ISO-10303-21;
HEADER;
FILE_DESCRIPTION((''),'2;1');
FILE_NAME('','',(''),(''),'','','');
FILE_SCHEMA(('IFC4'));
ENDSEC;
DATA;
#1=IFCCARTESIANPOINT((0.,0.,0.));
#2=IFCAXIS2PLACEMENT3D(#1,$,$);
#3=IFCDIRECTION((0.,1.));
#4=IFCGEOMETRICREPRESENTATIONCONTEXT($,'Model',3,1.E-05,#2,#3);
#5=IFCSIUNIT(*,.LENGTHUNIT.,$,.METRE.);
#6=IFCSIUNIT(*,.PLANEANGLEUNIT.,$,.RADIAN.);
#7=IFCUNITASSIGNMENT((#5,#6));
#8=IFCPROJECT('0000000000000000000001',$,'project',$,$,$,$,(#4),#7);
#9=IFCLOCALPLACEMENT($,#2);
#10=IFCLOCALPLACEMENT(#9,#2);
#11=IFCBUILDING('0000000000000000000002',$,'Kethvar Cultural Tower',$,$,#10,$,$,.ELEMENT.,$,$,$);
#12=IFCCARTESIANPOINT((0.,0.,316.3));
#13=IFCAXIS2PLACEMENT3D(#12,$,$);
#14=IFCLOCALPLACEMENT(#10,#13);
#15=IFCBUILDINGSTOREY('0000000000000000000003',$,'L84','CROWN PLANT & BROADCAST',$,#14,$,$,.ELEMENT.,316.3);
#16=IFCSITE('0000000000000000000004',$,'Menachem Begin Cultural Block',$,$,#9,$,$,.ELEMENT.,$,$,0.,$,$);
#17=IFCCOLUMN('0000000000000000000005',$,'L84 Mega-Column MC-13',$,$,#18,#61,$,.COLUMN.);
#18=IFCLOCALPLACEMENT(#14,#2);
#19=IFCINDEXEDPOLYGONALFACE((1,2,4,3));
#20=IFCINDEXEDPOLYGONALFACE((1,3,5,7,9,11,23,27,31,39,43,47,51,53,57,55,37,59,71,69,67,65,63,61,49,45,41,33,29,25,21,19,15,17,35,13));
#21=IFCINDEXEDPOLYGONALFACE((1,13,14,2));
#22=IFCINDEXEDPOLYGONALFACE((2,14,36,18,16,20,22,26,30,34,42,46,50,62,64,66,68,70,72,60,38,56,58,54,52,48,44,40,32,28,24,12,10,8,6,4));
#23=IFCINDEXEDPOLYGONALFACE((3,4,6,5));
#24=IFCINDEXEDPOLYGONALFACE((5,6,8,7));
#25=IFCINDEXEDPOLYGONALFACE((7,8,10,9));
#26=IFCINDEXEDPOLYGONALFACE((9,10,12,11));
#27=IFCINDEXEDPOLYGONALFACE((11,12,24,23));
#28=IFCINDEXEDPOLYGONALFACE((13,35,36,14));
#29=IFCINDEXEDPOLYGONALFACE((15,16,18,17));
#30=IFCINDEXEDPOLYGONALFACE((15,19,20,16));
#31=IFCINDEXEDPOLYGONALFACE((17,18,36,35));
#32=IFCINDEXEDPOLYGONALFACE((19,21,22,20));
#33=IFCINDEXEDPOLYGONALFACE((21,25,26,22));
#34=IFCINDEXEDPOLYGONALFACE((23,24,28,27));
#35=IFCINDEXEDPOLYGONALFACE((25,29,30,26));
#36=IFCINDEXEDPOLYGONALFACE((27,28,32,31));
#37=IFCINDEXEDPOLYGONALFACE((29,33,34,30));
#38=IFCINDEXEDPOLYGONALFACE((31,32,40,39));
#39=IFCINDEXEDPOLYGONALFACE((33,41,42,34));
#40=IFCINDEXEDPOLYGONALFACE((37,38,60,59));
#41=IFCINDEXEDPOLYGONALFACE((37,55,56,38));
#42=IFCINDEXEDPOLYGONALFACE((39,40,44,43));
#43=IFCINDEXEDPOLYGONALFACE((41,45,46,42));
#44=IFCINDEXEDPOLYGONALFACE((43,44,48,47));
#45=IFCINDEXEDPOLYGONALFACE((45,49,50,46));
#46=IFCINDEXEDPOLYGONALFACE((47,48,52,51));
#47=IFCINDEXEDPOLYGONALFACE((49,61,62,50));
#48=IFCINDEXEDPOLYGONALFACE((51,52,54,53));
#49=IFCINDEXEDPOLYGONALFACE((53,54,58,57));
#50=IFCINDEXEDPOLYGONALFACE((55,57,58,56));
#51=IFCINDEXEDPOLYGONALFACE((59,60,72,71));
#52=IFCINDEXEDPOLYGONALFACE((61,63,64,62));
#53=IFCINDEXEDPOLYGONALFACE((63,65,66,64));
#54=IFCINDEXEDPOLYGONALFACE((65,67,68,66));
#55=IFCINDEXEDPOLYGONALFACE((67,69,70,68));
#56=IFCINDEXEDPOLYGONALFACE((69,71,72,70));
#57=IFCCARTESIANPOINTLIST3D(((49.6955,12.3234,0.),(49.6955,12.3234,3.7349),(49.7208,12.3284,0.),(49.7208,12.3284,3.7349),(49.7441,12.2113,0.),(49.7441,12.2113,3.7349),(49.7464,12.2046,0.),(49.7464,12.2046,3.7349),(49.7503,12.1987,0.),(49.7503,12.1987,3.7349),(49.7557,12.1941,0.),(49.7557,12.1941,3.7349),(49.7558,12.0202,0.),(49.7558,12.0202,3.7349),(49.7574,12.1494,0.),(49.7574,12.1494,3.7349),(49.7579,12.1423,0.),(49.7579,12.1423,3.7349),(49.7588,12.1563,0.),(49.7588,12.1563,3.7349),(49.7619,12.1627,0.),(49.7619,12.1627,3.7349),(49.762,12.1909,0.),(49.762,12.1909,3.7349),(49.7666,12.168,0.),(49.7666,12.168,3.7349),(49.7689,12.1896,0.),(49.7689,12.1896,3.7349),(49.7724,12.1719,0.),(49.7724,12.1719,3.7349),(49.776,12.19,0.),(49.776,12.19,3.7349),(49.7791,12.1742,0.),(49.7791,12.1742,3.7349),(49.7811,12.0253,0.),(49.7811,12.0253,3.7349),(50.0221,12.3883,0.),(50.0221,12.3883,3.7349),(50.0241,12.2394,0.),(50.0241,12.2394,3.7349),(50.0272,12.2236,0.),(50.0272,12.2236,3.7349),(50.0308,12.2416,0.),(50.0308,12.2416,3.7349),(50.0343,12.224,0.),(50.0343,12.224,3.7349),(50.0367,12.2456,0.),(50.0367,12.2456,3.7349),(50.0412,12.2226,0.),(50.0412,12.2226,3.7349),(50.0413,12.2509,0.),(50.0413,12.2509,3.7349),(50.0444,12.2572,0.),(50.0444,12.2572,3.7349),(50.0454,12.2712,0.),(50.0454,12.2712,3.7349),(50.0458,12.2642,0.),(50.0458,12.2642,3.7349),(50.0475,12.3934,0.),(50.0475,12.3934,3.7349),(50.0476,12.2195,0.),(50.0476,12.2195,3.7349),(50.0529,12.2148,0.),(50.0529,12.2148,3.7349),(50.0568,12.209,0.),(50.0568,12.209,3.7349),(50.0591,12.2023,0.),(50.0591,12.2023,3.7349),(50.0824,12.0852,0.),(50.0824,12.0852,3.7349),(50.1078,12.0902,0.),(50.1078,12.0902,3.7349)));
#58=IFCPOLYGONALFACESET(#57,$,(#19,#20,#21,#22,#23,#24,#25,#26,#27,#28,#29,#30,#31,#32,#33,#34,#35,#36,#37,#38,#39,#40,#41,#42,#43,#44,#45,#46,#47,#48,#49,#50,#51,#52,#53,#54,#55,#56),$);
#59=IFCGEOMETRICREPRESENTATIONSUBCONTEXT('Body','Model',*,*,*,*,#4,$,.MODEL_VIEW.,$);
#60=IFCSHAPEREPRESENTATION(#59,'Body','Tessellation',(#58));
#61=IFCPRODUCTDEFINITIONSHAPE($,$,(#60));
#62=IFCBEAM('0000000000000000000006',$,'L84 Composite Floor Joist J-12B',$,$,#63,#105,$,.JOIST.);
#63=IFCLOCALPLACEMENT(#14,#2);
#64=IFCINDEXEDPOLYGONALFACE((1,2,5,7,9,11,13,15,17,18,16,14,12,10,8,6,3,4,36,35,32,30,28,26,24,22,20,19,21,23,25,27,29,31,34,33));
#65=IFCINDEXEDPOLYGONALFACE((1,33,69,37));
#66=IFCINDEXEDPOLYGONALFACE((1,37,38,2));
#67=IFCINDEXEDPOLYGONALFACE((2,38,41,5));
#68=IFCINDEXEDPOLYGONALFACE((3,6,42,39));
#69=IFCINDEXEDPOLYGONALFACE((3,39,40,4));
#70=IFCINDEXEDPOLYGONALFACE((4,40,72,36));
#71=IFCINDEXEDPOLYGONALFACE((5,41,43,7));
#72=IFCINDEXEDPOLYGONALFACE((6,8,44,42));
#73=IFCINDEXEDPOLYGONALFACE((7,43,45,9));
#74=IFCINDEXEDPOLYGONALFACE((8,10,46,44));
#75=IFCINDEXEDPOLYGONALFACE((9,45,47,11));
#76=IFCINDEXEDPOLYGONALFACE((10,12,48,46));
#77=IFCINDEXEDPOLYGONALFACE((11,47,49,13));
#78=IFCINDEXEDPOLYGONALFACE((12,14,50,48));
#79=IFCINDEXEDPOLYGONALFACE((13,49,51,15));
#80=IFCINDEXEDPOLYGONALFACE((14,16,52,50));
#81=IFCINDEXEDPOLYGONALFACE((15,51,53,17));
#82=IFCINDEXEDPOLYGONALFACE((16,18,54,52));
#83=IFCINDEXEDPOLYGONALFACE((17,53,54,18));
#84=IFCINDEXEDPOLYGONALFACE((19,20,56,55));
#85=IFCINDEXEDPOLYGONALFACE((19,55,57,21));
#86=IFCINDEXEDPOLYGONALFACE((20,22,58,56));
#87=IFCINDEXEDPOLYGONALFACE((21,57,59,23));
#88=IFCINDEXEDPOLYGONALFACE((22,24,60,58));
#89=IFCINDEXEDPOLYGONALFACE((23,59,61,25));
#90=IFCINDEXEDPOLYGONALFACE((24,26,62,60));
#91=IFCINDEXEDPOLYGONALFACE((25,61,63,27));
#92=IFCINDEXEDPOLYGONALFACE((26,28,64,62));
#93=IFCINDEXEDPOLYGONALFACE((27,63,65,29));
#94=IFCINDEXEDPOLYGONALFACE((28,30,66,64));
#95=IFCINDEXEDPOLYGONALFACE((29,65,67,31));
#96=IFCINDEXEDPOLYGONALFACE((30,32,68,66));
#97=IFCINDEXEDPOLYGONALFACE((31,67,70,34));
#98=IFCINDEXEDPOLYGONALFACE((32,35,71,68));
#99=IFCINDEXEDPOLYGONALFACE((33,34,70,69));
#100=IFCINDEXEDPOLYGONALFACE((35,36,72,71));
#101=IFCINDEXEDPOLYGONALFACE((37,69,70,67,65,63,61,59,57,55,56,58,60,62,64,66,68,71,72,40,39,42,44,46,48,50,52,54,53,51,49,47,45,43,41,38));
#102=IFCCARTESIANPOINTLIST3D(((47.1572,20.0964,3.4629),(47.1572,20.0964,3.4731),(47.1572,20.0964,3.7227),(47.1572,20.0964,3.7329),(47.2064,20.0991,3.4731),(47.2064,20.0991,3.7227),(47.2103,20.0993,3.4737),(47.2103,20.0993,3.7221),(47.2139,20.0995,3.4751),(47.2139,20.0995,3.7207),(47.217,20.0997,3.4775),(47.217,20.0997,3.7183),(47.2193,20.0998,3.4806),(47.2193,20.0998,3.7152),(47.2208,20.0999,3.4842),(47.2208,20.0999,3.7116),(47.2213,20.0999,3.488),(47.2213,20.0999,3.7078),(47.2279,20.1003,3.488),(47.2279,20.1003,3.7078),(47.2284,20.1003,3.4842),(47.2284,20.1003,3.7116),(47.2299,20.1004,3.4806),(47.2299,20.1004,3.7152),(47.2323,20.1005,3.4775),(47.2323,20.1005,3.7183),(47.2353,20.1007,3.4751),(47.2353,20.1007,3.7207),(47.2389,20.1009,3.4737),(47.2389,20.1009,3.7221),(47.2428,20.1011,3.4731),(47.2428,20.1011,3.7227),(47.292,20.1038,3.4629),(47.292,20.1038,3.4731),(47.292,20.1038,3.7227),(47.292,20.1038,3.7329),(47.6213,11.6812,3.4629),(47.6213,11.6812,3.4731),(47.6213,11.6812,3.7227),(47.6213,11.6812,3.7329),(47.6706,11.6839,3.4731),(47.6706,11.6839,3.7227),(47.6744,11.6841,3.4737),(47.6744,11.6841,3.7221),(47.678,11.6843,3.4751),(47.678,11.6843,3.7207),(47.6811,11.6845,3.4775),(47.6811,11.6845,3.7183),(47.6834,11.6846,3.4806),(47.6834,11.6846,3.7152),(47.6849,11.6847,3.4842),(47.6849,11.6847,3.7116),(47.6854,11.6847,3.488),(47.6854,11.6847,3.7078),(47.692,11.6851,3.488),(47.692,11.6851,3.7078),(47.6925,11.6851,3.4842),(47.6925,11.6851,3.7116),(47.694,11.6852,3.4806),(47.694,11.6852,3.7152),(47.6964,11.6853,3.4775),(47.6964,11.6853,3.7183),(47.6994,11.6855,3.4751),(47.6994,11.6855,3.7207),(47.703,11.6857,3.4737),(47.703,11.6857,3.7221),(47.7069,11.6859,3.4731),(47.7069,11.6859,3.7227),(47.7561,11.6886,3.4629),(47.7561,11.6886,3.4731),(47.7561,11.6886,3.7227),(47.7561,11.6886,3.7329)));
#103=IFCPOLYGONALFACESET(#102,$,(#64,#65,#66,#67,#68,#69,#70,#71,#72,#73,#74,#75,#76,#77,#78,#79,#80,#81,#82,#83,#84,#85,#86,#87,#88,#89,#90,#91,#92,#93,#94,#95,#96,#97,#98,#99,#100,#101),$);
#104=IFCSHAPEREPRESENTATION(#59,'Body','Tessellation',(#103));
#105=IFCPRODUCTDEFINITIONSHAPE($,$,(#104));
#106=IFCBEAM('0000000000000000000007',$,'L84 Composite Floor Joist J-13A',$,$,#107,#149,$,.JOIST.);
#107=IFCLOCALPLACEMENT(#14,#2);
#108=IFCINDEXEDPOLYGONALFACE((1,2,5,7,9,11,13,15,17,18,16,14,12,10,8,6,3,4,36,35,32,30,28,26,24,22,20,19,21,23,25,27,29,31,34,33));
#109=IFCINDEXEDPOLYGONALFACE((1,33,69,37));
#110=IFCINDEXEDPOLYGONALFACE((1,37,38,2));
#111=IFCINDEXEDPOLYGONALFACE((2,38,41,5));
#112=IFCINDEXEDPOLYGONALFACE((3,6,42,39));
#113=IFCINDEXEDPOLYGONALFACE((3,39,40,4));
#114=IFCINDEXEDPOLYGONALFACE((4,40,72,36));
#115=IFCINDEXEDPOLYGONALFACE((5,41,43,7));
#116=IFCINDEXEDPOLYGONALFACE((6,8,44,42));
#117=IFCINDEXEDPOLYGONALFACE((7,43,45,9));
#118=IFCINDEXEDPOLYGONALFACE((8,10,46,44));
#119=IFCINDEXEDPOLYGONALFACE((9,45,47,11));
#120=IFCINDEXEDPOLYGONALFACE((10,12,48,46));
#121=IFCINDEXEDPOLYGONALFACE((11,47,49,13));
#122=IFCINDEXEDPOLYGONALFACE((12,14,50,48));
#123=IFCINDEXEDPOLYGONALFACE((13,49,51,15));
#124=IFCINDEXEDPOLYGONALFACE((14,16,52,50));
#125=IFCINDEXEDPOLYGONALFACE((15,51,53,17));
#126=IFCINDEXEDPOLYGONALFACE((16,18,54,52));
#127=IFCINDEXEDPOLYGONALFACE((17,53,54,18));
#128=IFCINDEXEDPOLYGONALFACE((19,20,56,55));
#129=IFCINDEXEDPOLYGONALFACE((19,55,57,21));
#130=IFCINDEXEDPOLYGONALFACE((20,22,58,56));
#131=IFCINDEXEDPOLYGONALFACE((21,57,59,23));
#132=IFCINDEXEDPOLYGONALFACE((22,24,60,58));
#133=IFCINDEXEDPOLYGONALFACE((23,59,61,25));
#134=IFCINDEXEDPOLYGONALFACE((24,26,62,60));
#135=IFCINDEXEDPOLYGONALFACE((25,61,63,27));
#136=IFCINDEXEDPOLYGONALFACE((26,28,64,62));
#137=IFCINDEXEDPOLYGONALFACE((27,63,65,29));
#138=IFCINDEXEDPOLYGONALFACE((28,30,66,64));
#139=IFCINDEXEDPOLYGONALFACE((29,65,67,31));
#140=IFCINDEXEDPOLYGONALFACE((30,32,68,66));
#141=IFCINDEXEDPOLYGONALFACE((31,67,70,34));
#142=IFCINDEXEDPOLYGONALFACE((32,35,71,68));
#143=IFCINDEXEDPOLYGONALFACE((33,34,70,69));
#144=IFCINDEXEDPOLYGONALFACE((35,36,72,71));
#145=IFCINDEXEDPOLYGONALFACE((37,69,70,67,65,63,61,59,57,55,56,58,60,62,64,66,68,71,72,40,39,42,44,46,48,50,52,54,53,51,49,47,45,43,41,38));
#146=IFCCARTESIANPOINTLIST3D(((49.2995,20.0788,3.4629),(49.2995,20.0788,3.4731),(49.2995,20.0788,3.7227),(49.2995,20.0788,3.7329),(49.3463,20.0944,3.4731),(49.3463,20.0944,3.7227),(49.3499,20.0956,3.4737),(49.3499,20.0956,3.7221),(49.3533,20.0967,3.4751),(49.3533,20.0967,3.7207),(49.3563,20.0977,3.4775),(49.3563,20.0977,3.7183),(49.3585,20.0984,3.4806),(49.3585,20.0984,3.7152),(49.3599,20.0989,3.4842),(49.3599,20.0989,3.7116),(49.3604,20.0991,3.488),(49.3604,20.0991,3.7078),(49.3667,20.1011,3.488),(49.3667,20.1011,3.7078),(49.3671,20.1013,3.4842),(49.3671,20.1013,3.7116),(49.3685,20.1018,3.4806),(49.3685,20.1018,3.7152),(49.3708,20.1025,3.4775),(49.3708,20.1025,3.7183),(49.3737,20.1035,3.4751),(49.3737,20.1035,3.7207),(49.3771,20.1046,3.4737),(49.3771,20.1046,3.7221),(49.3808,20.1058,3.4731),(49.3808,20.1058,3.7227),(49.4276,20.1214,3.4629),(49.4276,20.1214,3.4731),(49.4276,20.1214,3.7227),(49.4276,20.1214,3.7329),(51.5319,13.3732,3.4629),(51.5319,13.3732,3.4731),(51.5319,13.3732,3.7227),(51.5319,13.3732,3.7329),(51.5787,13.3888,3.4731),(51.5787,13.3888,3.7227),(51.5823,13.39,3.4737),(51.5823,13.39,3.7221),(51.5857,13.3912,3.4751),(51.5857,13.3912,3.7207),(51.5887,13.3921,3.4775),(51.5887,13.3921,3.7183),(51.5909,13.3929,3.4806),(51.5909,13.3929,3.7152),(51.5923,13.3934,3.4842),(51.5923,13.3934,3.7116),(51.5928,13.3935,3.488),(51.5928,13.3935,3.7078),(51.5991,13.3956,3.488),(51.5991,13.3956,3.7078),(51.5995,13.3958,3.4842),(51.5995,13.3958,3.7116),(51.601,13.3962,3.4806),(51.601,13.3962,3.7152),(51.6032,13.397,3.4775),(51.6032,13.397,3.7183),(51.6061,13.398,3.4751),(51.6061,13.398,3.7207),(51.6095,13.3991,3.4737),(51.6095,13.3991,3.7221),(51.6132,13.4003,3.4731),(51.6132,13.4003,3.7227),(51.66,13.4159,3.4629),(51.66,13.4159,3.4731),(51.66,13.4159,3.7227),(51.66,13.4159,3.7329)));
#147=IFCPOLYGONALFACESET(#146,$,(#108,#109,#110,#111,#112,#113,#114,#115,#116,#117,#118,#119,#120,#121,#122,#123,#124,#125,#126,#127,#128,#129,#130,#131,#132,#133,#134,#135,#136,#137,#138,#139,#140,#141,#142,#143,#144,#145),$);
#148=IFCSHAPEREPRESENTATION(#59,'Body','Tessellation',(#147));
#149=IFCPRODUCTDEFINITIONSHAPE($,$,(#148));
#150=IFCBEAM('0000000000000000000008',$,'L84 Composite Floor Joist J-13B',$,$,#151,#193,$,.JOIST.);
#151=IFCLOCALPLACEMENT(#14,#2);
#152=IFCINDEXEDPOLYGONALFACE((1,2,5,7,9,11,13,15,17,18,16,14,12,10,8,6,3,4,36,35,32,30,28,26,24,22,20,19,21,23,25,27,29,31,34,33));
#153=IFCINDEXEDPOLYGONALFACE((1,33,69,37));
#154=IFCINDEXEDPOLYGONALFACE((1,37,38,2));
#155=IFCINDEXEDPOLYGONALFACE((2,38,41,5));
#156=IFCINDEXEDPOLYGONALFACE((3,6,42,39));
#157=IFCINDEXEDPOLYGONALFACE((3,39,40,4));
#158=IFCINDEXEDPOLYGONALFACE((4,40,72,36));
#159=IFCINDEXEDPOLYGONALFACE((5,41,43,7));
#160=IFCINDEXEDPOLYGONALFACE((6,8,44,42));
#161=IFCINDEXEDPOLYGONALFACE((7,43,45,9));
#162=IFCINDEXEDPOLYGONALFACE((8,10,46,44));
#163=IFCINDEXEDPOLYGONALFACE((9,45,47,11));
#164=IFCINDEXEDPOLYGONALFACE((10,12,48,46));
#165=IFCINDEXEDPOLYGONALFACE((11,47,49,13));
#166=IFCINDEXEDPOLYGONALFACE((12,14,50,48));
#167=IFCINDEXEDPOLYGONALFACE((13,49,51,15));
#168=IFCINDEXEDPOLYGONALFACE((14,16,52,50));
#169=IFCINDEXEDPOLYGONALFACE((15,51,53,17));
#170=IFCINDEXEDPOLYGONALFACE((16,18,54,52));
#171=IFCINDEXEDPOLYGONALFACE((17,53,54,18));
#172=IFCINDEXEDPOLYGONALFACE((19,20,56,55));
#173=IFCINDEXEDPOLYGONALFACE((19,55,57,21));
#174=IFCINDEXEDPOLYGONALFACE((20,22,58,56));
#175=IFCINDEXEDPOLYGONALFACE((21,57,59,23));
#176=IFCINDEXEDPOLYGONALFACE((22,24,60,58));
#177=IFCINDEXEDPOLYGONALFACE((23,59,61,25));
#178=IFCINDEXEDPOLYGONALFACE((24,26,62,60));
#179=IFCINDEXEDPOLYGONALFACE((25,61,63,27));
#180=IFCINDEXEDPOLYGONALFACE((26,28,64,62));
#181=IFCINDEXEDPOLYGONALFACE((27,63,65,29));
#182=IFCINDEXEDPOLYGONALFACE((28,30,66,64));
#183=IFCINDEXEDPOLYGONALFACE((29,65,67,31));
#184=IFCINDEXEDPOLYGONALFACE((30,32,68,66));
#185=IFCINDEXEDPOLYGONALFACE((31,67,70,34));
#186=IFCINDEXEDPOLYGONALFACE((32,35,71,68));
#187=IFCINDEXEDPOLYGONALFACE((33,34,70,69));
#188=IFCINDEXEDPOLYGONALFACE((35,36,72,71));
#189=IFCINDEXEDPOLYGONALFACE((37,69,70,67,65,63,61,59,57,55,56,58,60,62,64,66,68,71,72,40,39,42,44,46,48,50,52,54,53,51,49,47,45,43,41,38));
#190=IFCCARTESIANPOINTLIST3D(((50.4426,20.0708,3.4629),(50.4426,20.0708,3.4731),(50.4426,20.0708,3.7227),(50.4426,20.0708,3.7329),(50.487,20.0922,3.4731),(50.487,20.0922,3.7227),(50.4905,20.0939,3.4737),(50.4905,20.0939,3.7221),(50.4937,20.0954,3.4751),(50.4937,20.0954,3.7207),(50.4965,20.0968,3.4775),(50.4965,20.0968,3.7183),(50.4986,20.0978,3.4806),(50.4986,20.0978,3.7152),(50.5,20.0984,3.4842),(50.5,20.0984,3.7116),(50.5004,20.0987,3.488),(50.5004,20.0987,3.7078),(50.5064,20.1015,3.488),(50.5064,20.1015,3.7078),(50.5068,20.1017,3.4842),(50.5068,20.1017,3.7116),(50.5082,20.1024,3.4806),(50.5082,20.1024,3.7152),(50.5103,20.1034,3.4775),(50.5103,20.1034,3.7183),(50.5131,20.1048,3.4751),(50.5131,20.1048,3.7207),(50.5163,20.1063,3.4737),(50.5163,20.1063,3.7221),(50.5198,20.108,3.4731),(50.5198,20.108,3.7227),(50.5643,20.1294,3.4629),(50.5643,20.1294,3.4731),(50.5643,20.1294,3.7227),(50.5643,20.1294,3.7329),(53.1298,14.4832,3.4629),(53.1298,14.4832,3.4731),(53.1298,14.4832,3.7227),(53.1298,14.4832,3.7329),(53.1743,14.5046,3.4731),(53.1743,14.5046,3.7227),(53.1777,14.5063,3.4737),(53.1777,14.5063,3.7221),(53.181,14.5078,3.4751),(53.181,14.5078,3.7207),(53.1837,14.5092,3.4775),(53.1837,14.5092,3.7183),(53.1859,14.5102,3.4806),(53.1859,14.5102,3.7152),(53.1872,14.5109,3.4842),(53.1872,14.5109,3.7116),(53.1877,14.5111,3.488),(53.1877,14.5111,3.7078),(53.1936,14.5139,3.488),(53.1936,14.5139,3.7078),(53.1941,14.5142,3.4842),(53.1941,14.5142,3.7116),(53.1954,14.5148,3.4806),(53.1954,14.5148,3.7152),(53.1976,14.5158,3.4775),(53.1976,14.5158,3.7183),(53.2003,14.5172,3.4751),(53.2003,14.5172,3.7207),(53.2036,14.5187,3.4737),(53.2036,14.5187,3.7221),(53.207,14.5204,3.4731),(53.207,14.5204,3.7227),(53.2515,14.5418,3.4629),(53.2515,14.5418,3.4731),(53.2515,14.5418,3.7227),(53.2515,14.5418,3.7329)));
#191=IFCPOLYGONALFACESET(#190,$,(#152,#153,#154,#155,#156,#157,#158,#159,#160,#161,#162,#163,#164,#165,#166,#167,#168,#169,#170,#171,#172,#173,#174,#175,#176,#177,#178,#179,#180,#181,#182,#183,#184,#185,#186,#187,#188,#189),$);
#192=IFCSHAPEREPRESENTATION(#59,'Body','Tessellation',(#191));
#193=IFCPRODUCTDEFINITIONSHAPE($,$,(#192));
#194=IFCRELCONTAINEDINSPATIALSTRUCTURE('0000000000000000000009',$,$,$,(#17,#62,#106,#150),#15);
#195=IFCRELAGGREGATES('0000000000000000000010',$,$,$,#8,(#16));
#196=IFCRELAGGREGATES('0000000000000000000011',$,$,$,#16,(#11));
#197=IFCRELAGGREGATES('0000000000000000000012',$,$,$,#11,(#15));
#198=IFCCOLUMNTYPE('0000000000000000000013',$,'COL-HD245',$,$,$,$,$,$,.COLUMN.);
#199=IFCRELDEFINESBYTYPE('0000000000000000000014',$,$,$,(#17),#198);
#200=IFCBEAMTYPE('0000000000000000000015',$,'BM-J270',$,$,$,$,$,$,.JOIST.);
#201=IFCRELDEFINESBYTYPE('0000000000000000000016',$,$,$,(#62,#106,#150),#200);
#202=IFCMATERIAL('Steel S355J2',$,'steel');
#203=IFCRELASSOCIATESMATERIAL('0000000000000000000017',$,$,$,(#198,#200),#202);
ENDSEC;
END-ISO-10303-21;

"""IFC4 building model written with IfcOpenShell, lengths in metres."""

from ifc_helpers import new_model, si_unit, direction, frame, origin, origin_2d, place, context, subcontext, project, spatial, i_section, extrude, source, transform, mapped, material, material_profile, profile_set, type_object, element, save


model = new_model("IFC4")

# Units and contexts
model_context = context("Model", 3, precision=1e-05, world=origin(), true_north=direction((0.0, 1.0)))
body_context = subcontext(model_context, "Body", "Model", "MODEL_VIEW")
ifc_project = project(units=[si_unit("LENGTHUNIT", "METRE"), si_unit("PLANEANGLEUNIT", "RADIAN")], contexts=[model_context])

# Site, building, storey
site_placement = place(None, origin())
site = spatial("IfcSite", under=ifc_project, at=site_placement, Name="Menachem Begin Cultural Block", CompositionType="ELEMENT", RefElevation=0.0)
building_placement = place(site_placement, origin())
building = spatial("IfcBuilding", under=site, at=building_placement, Name="Kethvar Cultural Tower", CompositionType="ELEMENT")
storey_placement = place(building_placement, frame((0.0, 0.0, 316.3)))
storey = spatial("IfcBuildingStorey", under=building, at=storey_placement, Name="L84", Description="CROWN PLANT & BROADCAST", CompositionType="ELEMENT", Elevation=316.3)

# Column
ifc_material_1 = material(Name="Steel S355J2", Category="steel")
ifc_material_profile_1 = material_profile(ifc_material_1, i_section(OverallWidth=0.3091, OverallDepth=0.3589, WebThickness=0.0161, FlangeThickness=0.0259, FilletRadius=0.0271, at=origin_2d()), Name="Steel S355J2 — HD320x245")
ifc_profile_set_1 = profile_set([ifc_material_profile_1], Name="Steel S355J2 — HD320x245")
column_type = type_object("IfcColumnType", Name="COL-HD245", PredefinedType="COLUMN", material=ifc_profile_set_1)
shared_shape_1 = source(origin(), body_context, "Body", "SweptSolid", [
    extrude(i_section(OverallWidth=0.3091, OverallDepth=0.3589, WebThickness=0.0161, FlangeThickness=0.0259, FilletRadius=0.0271, at=origin_2d()), origin(), (0.0, 0.0, 1.0), 3.7349),
])
column_placement = place(storey_placement, frame((49.9016, 12.2068, 0.0), z_axis=(0.0, 0.0, 1.0), x_axis=(0.19509, -0.980785, 0.0)))
element("IfcColumn", 1, at=column_placement, inside=storey, type_object=column_type, Name="L84 Mega-Column MC-13", PredefinedType="COLUMN", context=body_context, shape_type="MappedRepresentation", body=[
    mapped(shared_shape_1, transform((0.0, 0.0, 0.0), scale=1.0)),
])

# Beams
ifc_material_profile_2 = material_profile(ifc_material_1, i_section(OverallWidth=0.135, OverallDepth=0.27, WebThickness=0.0066, FlangeThickness=0.0103, FilletRadius=0.0149, at=origin_2d()), Name="Steel S355J2 — IPE270")
ifc_profile_set_2 = profile_set([ifc_material_profile_2], Name="Steel S355J2 — IPE270")
beam_type_1 = type_object("IfcBeamType", Name="BM-J270", PredefinedType="JOIST", material=ifc_profile_set_2)
shared_shape_2 = source(origin(), body_context, "Body", "SweptSolid", [
    extrude(i_section(OverallWidth=0.135, OverallDepth=0.27, WebThickness=0.0066, FlangeThickness=0.0103, FilletRadius=0.0149, at=origin_2d()), origin(), (0.0, 0.0, 1.0), 8.428),
])
beam_1_placement = place(storey_placement, frame((47.2246, 20.1001, 3.5979), z_axis=(0.055067, -0.998483, 0.0), x_axis=(0.998483, 0.055067, 0.0)))
element("IfcBeam", 2, at=beam_1_placement, inside=storey, type_object=beam_type_1, Name="L84 Composite Floor Joist J-12B", PredefinedType="JOIST", context=body_context, shape_type="MappedRepresentation", body=[
    mapped(shared_shape_2, transform((0.0, 0.0, 0.0), scale=1.0)),
])
shared_shape_3 = source(origin(), body_context, "Body", "SweptSolid", [
    extrude(i_section(OverallWidth=0.135, OverallDepth=0.27, WebThickness=0.0066, FlangeThickness=0.0103, FilletRadius=0.0149, at=origin_2d()), origin(), (0.0, 0.0, 1.0), 7.0674),
])
beam_2_placement = place(storey_placement, frame((49.3635, 20.1001, 3.5979), z_axis=(0.315875, -0.948801, 0.0), x_axis=(0.948801, 0.315875, 0.0)))
element("IfcBeam", 3, at=beam_2_placement, inside=storey, type_object=beam_type_1, Name="L84 Composite Floor Joist J-13A", PredefinedType="JOIST", context=body_context, shape_type="MappedRepresentation", body=[
    mapped(shared_shape_3, transform((0.0, 0.0, 0.0), scale=1.0)),
])
shared_shape_4 = source(origin(), body_context, "Body", "SweptSolid", [
    extrude(i_section(OverallWidth=0.135, OverallDepth=0.27, WebThickness=0.0066, FlangeThickness=0.0103, FilletRadius=0.0149, at=origin_2d()), origin(), (0.0, 0.0, 1.0), 6.2002),
])
beam_3_placement = place(storey_placement, frame((50.5034, 20.1001, 3.5979), z_axis=(0.433411, -0.901197, 0.0), x_axis=(0.901197, 0.433411, 0.0)))
element("IfcBeam", 4, at=beam_3_placement, inside=storey, type_object=beam_type_1, Name="L84 Composite Floor Joist J-13B", PredefinedType="JOIST", context=body_context, shape_type="MappedRepresentation", body=[
    mapped(shared_shape_4, transform((0.0, 0.0, 0.0), scale=1.0)),
])

save(model, "model.ifc")
